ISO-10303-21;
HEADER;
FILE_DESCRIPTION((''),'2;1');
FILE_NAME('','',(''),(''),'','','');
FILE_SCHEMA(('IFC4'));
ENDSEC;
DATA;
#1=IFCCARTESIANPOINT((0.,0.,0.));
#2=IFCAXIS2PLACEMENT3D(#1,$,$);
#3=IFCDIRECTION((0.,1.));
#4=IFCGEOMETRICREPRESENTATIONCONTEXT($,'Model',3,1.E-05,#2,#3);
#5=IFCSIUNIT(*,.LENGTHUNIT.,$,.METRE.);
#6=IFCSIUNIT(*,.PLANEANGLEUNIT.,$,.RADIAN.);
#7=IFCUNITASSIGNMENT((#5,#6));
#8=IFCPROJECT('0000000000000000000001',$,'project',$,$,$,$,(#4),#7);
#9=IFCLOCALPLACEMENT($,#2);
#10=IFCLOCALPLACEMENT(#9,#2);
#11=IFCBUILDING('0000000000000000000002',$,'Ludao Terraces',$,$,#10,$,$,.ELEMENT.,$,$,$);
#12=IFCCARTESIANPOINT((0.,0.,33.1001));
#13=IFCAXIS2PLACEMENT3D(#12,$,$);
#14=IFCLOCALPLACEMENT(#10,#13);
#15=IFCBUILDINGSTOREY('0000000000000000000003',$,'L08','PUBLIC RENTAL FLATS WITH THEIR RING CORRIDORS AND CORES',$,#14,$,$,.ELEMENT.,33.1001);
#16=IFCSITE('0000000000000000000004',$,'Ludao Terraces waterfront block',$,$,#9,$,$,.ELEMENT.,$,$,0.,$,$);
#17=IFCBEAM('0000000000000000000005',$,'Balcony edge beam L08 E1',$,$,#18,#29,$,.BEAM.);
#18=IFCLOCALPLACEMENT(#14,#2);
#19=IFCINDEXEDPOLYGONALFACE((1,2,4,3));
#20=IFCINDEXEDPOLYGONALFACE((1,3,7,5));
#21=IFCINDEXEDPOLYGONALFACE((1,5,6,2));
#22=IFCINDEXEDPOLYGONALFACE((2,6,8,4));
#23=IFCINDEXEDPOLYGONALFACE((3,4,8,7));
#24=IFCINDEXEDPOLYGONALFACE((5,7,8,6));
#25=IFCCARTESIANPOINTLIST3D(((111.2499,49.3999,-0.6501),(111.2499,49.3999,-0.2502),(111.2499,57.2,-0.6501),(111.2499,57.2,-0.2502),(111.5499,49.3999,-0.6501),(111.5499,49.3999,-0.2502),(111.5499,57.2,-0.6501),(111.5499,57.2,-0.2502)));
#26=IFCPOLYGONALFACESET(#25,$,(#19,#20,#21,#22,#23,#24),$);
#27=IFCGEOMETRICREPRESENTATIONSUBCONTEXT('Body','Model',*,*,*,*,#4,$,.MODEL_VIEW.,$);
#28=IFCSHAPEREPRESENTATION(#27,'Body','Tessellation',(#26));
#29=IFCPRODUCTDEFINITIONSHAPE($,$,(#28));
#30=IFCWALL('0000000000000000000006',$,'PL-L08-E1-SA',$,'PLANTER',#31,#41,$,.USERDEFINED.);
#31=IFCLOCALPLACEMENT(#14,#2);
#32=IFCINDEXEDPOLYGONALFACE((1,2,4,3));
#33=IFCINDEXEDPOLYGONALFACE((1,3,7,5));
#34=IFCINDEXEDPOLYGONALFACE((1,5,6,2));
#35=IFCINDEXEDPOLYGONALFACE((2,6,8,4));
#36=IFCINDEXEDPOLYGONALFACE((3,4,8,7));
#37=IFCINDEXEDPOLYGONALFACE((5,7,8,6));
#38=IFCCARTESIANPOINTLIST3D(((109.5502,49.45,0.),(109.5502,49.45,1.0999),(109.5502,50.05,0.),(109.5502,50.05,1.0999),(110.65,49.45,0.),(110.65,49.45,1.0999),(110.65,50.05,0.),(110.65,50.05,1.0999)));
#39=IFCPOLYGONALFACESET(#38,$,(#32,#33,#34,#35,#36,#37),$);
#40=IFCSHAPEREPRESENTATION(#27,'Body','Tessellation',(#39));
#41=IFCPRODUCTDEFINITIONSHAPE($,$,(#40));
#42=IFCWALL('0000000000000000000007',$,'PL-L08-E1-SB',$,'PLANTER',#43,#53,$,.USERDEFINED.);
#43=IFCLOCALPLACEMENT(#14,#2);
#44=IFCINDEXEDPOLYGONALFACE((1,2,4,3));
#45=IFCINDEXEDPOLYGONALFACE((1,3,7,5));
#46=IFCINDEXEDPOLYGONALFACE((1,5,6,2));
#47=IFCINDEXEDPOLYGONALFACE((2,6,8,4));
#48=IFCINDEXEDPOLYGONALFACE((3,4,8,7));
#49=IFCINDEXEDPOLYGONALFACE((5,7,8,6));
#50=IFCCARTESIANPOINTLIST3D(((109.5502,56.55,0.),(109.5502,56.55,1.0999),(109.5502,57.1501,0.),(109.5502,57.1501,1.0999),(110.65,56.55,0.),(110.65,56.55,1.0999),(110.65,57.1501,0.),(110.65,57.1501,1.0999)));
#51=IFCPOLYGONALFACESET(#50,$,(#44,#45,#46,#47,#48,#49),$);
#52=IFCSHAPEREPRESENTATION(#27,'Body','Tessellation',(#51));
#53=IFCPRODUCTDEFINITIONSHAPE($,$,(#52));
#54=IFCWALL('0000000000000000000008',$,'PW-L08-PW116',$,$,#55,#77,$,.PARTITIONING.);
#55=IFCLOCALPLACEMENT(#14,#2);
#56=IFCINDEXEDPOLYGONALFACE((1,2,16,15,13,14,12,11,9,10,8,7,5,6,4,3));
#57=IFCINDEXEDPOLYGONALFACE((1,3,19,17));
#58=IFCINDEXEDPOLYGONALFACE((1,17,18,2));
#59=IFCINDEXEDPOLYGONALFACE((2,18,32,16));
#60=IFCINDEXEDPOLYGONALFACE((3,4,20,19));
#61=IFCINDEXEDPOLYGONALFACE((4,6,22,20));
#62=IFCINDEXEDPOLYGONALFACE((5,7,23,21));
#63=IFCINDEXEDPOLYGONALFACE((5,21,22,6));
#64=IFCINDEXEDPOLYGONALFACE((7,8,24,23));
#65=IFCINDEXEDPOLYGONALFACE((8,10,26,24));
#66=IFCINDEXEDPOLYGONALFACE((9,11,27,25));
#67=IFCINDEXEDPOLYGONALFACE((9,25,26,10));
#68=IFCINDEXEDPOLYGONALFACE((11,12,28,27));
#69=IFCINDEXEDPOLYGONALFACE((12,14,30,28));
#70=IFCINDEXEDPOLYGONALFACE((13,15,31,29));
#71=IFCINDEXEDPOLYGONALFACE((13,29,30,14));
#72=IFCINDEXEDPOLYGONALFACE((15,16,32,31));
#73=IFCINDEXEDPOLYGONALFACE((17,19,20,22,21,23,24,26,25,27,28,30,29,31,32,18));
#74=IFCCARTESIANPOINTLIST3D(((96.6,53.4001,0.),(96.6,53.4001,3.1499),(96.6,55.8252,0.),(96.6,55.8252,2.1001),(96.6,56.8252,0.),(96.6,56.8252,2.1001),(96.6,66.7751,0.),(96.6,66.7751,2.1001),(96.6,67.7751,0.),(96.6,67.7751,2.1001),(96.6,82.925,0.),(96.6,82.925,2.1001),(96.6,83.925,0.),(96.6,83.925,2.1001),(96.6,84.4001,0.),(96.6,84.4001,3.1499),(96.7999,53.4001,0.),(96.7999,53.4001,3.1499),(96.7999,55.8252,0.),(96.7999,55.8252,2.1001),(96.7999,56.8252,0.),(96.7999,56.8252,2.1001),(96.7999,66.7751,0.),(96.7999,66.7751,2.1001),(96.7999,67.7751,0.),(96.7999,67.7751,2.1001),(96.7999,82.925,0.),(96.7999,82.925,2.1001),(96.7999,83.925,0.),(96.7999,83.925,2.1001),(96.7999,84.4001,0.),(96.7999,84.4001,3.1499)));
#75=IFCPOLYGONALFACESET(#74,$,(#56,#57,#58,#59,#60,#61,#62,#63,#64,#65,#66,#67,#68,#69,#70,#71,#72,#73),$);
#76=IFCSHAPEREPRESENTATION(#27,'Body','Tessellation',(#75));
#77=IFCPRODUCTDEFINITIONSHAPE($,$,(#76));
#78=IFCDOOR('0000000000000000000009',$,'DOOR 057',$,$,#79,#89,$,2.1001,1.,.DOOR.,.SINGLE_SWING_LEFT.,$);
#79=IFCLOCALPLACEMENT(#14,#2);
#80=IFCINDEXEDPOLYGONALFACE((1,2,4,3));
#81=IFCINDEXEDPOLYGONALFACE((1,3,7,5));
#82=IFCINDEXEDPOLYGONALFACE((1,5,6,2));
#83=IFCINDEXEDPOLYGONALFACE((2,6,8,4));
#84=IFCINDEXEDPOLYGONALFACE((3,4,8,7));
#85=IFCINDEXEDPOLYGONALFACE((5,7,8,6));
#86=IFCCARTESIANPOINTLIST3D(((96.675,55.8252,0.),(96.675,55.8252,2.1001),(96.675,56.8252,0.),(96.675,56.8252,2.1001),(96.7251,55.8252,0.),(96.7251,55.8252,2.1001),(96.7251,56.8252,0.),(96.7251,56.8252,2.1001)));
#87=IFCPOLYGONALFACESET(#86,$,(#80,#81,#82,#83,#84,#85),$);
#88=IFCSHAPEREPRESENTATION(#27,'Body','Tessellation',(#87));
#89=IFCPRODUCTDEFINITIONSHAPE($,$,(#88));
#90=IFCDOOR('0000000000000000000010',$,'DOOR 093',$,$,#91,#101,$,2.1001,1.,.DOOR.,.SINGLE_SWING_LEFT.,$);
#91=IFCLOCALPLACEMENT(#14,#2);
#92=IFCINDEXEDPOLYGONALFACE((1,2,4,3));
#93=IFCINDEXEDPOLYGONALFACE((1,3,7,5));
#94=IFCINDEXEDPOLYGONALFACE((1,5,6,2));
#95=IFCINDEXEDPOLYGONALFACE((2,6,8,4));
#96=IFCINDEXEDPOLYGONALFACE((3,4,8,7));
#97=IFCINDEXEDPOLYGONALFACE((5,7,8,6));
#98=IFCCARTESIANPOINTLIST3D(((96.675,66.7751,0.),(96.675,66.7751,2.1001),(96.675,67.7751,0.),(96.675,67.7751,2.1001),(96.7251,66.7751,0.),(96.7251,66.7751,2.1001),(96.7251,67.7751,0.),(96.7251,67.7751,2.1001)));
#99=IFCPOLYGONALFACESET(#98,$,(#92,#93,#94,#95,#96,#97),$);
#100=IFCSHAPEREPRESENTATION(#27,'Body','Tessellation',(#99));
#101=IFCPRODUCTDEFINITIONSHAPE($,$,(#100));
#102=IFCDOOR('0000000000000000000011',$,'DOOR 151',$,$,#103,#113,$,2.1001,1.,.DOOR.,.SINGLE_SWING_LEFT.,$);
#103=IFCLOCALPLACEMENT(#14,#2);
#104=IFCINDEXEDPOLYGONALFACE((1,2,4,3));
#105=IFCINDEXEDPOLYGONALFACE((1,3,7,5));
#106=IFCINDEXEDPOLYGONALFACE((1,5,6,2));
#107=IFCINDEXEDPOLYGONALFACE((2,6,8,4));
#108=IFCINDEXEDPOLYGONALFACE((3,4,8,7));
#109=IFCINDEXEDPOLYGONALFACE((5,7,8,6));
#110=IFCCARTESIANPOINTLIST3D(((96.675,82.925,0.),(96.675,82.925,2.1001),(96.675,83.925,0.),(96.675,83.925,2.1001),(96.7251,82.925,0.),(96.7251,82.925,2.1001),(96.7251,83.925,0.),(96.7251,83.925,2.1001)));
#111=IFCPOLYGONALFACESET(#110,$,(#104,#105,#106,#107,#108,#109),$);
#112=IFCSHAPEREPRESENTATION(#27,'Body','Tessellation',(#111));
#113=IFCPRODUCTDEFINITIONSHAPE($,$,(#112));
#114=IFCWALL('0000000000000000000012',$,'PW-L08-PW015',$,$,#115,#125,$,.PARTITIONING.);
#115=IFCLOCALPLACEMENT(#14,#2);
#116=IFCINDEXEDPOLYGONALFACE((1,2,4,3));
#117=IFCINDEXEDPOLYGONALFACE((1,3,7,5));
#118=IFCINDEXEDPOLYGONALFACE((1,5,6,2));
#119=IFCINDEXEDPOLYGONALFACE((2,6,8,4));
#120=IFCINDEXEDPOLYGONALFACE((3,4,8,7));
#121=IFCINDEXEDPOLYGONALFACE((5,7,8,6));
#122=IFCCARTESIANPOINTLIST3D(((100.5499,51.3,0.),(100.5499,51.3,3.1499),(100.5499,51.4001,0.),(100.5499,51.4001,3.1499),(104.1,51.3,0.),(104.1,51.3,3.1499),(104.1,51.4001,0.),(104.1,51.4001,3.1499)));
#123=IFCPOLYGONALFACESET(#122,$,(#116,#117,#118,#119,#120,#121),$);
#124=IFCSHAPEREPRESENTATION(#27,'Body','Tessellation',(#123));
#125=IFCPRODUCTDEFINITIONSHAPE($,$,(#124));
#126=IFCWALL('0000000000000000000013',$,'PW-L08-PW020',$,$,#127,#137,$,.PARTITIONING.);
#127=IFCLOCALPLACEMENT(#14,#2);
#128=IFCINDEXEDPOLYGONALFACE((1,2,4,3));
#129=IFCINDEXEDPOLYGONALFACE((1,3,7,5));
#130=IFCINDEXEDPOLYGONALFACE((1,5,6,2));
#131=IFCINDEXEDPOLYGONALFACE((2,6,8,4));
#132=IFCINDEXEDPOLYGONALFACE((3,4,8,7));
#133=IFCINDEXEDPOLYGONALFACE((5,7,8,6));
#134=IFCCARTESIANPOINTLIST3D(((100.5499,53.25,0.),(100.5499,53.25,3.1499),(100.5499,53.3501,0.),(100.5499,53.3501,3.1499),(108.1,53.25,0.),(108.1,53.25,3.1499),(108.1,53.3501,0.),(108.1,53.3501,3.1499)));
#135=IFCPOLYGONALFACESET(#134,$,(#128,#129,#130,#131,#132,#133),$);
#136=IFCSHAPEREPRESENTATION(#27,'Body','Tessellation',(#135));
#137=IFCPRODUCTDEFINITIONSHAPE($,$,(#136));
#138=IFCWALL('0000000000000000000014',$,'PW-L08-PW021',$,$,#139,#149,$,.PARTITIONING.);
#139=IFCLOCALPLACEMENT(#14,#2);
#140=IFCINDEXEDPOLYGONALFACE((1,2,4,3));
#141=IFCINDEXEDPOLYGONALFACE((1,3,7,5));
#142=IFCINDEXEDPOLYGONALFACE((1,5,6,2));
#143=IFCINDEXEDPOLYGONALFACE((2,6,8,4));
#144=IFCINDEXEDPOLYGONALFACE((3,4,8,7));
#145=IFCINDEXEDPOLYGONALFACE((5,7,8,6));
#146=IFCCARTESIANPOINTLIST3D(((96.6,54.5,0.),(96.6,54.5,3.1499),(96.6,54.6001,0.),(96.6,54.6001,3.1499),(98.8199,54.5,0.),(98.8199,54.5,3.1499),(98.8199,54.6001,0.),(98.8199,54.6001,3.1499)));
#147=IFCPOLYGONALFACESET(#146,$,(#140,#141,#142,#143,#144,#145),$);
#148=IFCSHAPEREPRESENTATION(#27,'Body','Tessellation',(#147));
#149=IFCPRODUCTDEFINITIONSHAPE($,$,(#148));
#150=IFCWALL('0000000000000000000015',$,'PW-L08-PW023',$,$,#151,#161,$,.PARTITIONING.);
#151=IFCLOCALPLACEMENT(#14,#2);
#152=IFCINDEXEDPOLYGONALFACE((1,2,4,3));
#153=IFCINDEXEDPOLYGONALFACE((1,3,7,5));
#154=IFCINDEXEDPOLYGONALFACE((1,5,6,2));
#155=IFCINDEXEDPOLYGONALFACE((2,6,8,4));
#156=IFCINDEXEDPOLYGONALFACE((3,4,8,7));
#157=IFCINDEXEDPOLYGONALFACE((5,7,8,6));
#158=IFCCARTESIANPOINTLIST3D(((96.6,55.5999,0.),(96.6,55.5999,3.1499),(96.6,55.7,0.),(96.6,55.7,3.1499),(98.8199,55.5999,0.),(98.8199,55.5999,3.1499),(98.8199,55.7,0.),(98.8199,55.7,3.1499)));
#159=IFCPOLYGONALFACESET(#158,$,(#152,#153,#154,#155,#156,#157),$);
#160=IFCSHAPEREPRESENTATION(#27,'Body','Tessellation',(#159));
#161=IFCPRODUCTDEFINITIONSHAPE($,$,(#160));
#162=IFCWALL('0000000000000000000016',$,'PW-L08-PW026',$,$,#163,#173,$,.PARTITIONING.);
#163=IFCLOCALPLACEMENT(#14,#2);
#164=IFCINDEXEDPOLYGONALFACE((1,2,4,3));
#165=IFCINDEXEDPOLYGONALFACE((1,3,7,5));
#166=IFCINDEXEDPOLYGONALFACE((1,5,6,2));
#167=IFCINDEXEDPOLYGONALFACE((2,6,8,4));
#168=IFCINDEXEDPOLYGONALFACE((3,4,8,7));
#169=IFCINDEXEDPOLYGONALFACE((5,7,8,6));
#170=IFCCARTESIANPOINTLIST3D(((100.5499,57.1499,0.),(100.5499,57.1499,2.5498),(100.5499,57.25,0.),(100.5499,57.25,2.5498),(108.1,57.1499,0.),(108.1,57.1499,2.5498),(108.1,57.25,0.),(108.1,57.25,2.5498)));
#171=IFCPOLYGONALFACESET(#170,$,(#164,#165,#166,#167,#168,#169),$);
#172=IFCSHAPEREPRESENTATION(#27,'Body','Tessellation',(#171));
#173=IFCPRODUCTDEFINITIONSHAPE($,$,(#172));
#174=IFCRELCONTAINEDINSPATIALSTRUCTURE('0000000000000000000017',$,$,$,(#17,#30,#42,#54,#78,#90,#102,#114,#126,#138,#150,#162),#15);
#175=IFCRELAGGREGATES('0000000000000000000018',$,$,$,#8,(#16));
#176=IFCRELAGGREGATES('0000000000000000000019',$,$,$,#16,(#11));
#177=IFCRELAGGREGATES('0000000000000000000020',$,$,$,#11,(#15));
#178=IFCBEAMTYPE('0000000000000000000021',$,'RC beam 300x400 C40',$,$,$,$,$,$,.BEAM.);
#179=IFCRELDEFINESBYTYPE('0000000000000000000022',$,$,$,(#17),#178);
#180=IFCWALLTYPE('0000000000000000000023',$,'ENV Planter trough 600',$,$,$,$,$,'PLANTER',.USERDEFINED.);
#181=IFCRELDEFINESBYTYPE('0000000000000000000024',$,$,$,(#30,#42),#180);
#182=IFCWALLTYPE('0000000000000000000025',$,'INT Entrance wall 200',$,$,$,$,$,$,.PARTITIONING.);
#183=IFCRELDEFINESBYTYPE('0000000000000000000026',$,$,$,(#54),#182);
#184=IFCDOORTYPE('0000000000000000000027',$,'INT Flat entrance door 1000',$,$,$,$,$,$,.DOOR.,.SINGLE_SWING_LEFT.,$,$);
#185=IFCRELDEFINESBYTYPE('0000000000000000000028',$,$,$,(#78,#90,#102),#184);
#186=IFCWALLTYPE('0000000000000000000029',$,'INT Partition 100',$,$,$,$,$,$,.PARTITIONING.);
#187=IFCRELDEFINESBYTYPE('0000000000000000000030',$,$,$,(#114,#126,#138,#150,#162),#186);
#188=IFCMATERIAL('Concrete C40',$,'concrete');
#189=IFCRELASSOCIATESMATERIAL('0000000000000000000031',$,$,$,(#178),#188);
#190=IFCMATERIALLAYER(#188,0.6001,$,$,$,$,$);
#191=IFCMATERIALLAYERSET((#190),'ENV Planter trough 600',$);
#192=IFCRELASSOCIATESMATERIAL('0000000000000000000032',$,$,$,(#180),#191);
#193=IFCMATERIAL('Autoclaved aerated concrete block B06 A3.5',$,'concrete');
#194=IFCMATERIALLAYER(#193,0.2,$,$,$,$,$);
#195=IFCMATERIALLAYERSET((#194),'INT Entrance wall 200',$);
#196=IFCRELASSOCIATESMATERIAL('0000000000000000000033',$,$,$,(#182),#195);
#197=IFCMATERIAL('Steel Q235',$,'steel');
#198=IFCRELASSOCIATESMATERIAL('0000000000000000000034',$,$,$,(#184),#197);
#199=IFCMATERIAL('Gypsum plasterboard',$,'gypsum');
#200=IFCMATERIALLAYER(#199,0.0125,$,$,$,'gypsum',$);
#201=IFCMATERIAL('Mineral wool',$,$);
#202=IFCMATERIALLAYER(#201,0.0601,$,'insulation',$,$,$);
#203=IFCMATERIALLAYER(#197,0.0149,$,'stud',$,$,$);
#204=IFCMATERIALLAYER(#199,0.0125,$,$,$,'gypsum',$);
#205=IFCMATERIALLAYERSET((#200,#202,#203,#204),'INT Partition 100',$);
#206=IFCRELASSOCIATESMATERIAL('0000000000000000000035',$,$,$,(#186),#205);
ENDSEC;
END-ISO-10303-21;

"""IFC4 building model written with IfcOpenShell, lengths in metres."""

from ifc_helpers import new_model, si_unit, direction, frame, frame_2d, origin, origin_2d, place, context, subcontext, project, spatial, rectangle, extrude, material, layer, layer_set, material_profile, profile_set, type_object, element, fill, save


model = new_model("IFC4")

# Units and contexts
model_context = context("Model", 3, precision=1e-05, world=origin(), true_north=direction((0.0, 1.0)))
body_context = subcontext(model_context, "Body", "Model", "MODEL_VIEW")
ifc_project = project(units=[si_unit("LENGTHUNIT", "METRE"), si_unit("PLANEANGLEUNIT", "RADIAN")], contexts=[model_context])

# Site, building, storey
site_placement = place(None, origin())
site = spatial("IfcSite", under=ifc_project, at=site_placement, Name="Ludao Terraces waterfront block", CompositionType="ELEMENT", RefElevation=0.0)
building_placement = place(site_placement, origin())
building = spatial("IfcBuilding", under=site, at=building_placement, Name="Ludao Terraces", CompositionType="ELEMENT")
storey_placement = place(building_placement, frame((0.0, 0.0, 33.1001)))
storey = spatial("IfcBuildingStorey", under=building, at=storey_placement, Name="L08", Description="PUBLIC RENTAL FLATS WITH THEIR RING CORRIDORS AND CORES", CompositionType="ELEMENT", Elevation=33.1001)

# Beam
ifc_material_1 = material(Name="Concrete C40", Category="concrete")
ifc_material_profile = material_profile(ifc_material_1, rectangle(XDim=0.3, YDim=0.3999, at=origin_2d()), Name="300 X 400")
ifc_profile_set = profile_set([ifc_material_profile], Name="Concrete C40")
beam_type = type_object("IfcBeamType", Name="RC beam 300x400 C40", PredefinedType="BEAM", material=ifc_profile_set)
beam_placement = place(storey_placement, frame((111.3999, 49.3999, -0.4502), z_axis=(0.0, 1.0, 0.0), x_axis=(-1.0, 0.0, 0.0)))
element("IfcBeam", 1, at=beam_placement, inside=storey, type_object=beam_type, Name="Balcony edge beam L08 E1", PredefinedType="BEAM", context=body_context, shape_type="SweptSolid", body=[
    extrude(rectangle(XDim=0.3, YDim=0.3999, at=origin_2d()), origin(), (0.0, 0.0, 1.0), 7.8),
])

# Walls
ifc_layer_1 = layer(ifc_material_1, 0.6001)
ifc_layer_set_1 = layer_set([ifc_layer_1], Name="ENV Planter trough 600")
wall_type_1 = type_object("IfcWallType", Name="ENV Planter trough 600", ElementType="PLANTER", PredefinedType="USERDEFINED", material=ifc_layer_set_1)
for number, where, z_axis, x_axis, name in (
    (2, (110.6499, 49.75, 0.0), (0.0, 0.0, 1.0), (-1.0, 0.0, 0.0), "PL-L08-E1-SA"),
    (3, (110.6499, 56.8501, 0.0), (0.0, 0.0, 1.0), (-1.0, 0.0, 0.0), "PL-L08-E1-SB"),
):
    element("IfcWall", number, at=place(storey_placement, frame(where, z_axis=z_axis, x_axis=x_axis)), inside=storey, type_object=wall_type_1, Name=name, ObjectType="PLANTER", PredefinedType="USERDEFINED", context=body_context, shape_type="SweptSolid", body=[
        extrude(rectangle(XDim=1.0999, YDim=0.6001, at=frame_2d((0.5498, 0.0))), origin(), (0.0, 0.0, 1.0), 1.0999),
    ])

# Shared definitions
ifc_material_2 = material(Name="Mineral wool")

# Wall, openings, doors
ifc_material_3 = material(Name="Autoclaved aerated concrete block B06 A3.5", Category="concrete")
ifc_layer_2 = layer(ifc_material_3, 0.2)
ifc_layer_set_2 = layer_set([ifc_layer_2], Name="INT Entrance wall 200")
wall_type_2 = type_object("IfcWallType", Name="INT Entrance wall 200", PredefinedType="PARTITIONING", material=ifc_layer_set_2)
wall_1_placement = place(storey_placement, frame((96.7, 53.4001, 0.0), z_axis=(0.0, 0.0, 1.0), x_axis=(0.0, 1.0, 0.0)))
wall_1 = element("IfcWall", 4, at=wall_1_placement, inside=storey, type_object=wall_type_2, Name="PW-L08-PW116", PredefinedType="PARTITIONING", context=body_context, shape_type="SweptSolid", body=[
    extrude(rectangle(XDim=31.0, YDim=0.2, at=frame_2d((15.5, 0.0))), origin(), (0.0, 0.0, 1.0), 3.1499),
])
opening_1_placement = place(wall_1_placement, frame((2.425, 0.0, 0.0)))
opening_1 = element("IfcOpeningElement", 5, at=opening_1_placement, cuts=wall_1, PredefinedType="OPENING", context=body_context, shape_type="SweptSolid", body=[
    extrude(rectangle(XDim=1.0, YDim=2.1001, at=frame_2d((0.5, 1.05))), frame((0.0, 0.1099, 0.0), z_axis=(0.0, -1.0, 0.0), x_axis=(1.0, 0.0, 0.0)), (0.0, 0.0, 1.0), 0.22),
])
opening_2_placement = place(wall_1_placement, frame((13.375, 0.0, 0.0)))
opening_2 = element("IfcOpeningElement", 6, at=opening_2_placement, cuts=wall_1, PredefinedType="OPENING", context=body_context, shape_type="SweptSolid", body=[
    extrude(rectangle(XDim=1.0, YDim=2.1001, at=frame_2d((0.5, 1.05))), frame((0.0, 0.1099, 0.0), z_axis=(0.0, -1.0, 0.0), x_axis=(1.0, 0.0, 0.0)), (0.0, 0.0, 1.0), 0.22),
])
opening_3_placement = place(wall_1_placement, frame((29.5249, 0.0, 0.0)))
opening_3 = element("IfcOpeningElement", 7, at=opening_3_placement, cuts=wall_1, PredefinedType="OPENING", context=body_context, shape_type="SweptSolid", body=[
    extrude(rectangle(XDim=1.0, YDim=2.1001, at=frame_2d((0.5, 1.05))), frame((0.0, 0.1099, 0.0), z_axis=(0.0, -1.0, 0.0), x_axis=(1.0, 0.0, 0.0)), (0.0, 0.0, 1.0), 0.22),
])
ifc_material_4 = material(Name="Steel Q235", Category="steel")
door_type_1 = type_object("IfcDoorType", Name="INT Flat entrance door 1000", OperationType="SINGLE_SWING_LEFT", PredefinedType="DOOR", material=ifc_material_4)
door_1_placement = place(opening_1_placement, origin())
door_1 = element("IfcDoor", 8, at=door_1_placement, inside=storey, type_object=door_type_1, Name="DOOR 057", OperationType="SINGLE_SWING_LEFT", OverallHeight=2.1001, OverallWidth=1.0, PredefinedType="DOOR", context=body_context, shape_type="SweptSolid", body=[
    extrude(rectangle(XDim=1.0, YDim=2.1001, at=frame_2d((0.5, 1.05))), frame((0.0, 0.0249, 0.0), z_axis=(0.0, -1.0, 0.0), x_axis=(1.0, 0.0, 0.0)), (0.0, 0.0, 1.0), 0.05),
])
fill(opening_1, door_1)
door_2_placement = place(opening_2_placement, origin())
door_2 = element("IfcDoor", 9, at=door_2_placement, inside=storey, type_object=door_type_1, Name="DOOR 093", OperationType="SINGLE_SWING_LEFT", OverallHeight=2.1001, OverallWidth=1.0, PredefinedType="DOOR", context=body_context, shape_type="SweptSolid", body=[
    extrude(rectangle(XDim=1.0, YDim=2.1001, at=frame_2d((0.5, 1.05))), frame((0.0, 0.0249, 0.0), z_axis=(0.0, -1.0, 0.0), x_axis=(1.0, 0.0, 0.0)), (0.0, 0.0, 1.0), 0.05),
])
fill(opening_2, door_2)
door_3_placement = place(opening_3_placement, origin())
door_3 = element("IfcDoor", 10, at=door_3_placement, inside=storey, type_object=door_type_1, Name="DOOR 151", OperationType="SINGLE_SWING_LEFT", OverallHeight=2.1001, OverallWidth=1.0, PredefinedType="DOOR", context=body_context, shape_type="SweptSolid", body=[
    extrude(rectangle(XDim=1.0, YDim=2.1001, at=frame_2d((0.5, 1.05))), frame((0.0, 0.0249, 0.0), z_axis=(0.0, -1.0, 0.0), x_axis=(1.0, 0.0, 0.0)), (0.0, 0.0, 1.0), 0.05),
])
fill(opening_3, door_3)

# Walls
ifc_material_5 = material(Name="Gypsum plasterboard", Category="gypsum")
ifc_layer_3 = layer(ifc_material_5, 0.0125, Category="gypsum")
ifc_layer_4 = layer(ifc_material_2, 0.0601, Name="insulation")
ifc_layer_5 = layer(ifc_material_4, 0.0149, Name="stud")
ifc_layer_6 = layer(ifc_material_5, 0.0125, Category="gypsum")
ifc_layer_set_3 = layer_set([ifc_layer_3, ifc_layer_4, ifc_layer_5, ifc_layer_6], Name="INT Partition 100")
wall_type_3 = type_object("IfcWallType", Name="INT Partition 100", PredefinedType="PARTITIONING", material=ifc_layer_set_3)
wall_2_placement = place(storey_placement, frame((100.55, 51.3501, 0.0), z_axis=(0.0, 0.0, 1.0), x_axis=(1.0, 0.0, 0.0)))
element("IfcWall", 11, at=wall_2_placement, inside=storey, type_object=wall_type_3, Name="PW-L08-PW015", PredefinedType="PARTITIONING", context=body_context, shape_type="SweptSolid", body=[
    extrude(rectangle(XDim=3.55, YDim=0.1001, at=frame_2d((1.7749, 0.0))), origin(), (0.0, 0.0, 1.0), 3.1499),
])
wall_3_placement = place(storey_placement, frame((100.55, 53.3, 0.0), z_axis=(0.0, 0.0, 1.0), x_axis=(1.0, 0.0, 0.0)))
element("IfcWall", 12, at=wall_3_placement, inside=storey, type_object=wall_type_3, Name="PW-L08-PW020", PredefinedType="PARTITIONING", context=body_context, shape_type="SweptSolid", body=[
    extrude(rectangle(XDim=7.55, YDim=0.1001, at=frame_2d((3.7749, 0.0))), origin(), (0.0, 0.0, 1.0), 3.1499),
])
for number, where, z_axis, x_axis, name in (
    (13, (96.6001, 54.55, 0.0), (0.0, 0.0, 1.0), (1.0, 0.0, 0.0), "PW-L08-PW021"),
    (14, (96.6001, 55.6499, 0.0), (0.0, 0.0, 1.0), (1.0, 0.0, 0.0), "PW-L08-PW023"),
):
    element("IfcWall", number, at=place(storey_placement, frame(where, z_axis=z_axis, x_axis=x_axis)), inside=storey, type_object=wall_type_3, Name=name, PredefinedType="PARTITIONING", context=body_context, shape_type="SweptSolid", body=[
        extrude(rectangle(XDim=2.22, YDim=0.1001, at=frame_2d((1.1099, 0.0))), origin(), (0.0, 0.0, 1.0), 3.1499),
    ])
wall_4_placement = place(storey_placement, frame((100.55, 57.2, 0.0), z_axis=(0.0, 0.0, 1.0), x_axis=(1.0, 0.0, 0.0)))
element("IfcWall", 15, at=wall_4_placement, inside=storey, type_object=wall_type_3, Name="PW-L08-PW026", PredefinedType="PARTITIONING", context=body_context, shape_type="SweptSolid", body=[
    extrude(rectangle(XDim=7.55, YDim=0.1001, at=frame_2d((3.7749, 0.0))), origin(), (0.0, 0.0, 1.0), 2.5498),
])

save(model, "model.ifc")
